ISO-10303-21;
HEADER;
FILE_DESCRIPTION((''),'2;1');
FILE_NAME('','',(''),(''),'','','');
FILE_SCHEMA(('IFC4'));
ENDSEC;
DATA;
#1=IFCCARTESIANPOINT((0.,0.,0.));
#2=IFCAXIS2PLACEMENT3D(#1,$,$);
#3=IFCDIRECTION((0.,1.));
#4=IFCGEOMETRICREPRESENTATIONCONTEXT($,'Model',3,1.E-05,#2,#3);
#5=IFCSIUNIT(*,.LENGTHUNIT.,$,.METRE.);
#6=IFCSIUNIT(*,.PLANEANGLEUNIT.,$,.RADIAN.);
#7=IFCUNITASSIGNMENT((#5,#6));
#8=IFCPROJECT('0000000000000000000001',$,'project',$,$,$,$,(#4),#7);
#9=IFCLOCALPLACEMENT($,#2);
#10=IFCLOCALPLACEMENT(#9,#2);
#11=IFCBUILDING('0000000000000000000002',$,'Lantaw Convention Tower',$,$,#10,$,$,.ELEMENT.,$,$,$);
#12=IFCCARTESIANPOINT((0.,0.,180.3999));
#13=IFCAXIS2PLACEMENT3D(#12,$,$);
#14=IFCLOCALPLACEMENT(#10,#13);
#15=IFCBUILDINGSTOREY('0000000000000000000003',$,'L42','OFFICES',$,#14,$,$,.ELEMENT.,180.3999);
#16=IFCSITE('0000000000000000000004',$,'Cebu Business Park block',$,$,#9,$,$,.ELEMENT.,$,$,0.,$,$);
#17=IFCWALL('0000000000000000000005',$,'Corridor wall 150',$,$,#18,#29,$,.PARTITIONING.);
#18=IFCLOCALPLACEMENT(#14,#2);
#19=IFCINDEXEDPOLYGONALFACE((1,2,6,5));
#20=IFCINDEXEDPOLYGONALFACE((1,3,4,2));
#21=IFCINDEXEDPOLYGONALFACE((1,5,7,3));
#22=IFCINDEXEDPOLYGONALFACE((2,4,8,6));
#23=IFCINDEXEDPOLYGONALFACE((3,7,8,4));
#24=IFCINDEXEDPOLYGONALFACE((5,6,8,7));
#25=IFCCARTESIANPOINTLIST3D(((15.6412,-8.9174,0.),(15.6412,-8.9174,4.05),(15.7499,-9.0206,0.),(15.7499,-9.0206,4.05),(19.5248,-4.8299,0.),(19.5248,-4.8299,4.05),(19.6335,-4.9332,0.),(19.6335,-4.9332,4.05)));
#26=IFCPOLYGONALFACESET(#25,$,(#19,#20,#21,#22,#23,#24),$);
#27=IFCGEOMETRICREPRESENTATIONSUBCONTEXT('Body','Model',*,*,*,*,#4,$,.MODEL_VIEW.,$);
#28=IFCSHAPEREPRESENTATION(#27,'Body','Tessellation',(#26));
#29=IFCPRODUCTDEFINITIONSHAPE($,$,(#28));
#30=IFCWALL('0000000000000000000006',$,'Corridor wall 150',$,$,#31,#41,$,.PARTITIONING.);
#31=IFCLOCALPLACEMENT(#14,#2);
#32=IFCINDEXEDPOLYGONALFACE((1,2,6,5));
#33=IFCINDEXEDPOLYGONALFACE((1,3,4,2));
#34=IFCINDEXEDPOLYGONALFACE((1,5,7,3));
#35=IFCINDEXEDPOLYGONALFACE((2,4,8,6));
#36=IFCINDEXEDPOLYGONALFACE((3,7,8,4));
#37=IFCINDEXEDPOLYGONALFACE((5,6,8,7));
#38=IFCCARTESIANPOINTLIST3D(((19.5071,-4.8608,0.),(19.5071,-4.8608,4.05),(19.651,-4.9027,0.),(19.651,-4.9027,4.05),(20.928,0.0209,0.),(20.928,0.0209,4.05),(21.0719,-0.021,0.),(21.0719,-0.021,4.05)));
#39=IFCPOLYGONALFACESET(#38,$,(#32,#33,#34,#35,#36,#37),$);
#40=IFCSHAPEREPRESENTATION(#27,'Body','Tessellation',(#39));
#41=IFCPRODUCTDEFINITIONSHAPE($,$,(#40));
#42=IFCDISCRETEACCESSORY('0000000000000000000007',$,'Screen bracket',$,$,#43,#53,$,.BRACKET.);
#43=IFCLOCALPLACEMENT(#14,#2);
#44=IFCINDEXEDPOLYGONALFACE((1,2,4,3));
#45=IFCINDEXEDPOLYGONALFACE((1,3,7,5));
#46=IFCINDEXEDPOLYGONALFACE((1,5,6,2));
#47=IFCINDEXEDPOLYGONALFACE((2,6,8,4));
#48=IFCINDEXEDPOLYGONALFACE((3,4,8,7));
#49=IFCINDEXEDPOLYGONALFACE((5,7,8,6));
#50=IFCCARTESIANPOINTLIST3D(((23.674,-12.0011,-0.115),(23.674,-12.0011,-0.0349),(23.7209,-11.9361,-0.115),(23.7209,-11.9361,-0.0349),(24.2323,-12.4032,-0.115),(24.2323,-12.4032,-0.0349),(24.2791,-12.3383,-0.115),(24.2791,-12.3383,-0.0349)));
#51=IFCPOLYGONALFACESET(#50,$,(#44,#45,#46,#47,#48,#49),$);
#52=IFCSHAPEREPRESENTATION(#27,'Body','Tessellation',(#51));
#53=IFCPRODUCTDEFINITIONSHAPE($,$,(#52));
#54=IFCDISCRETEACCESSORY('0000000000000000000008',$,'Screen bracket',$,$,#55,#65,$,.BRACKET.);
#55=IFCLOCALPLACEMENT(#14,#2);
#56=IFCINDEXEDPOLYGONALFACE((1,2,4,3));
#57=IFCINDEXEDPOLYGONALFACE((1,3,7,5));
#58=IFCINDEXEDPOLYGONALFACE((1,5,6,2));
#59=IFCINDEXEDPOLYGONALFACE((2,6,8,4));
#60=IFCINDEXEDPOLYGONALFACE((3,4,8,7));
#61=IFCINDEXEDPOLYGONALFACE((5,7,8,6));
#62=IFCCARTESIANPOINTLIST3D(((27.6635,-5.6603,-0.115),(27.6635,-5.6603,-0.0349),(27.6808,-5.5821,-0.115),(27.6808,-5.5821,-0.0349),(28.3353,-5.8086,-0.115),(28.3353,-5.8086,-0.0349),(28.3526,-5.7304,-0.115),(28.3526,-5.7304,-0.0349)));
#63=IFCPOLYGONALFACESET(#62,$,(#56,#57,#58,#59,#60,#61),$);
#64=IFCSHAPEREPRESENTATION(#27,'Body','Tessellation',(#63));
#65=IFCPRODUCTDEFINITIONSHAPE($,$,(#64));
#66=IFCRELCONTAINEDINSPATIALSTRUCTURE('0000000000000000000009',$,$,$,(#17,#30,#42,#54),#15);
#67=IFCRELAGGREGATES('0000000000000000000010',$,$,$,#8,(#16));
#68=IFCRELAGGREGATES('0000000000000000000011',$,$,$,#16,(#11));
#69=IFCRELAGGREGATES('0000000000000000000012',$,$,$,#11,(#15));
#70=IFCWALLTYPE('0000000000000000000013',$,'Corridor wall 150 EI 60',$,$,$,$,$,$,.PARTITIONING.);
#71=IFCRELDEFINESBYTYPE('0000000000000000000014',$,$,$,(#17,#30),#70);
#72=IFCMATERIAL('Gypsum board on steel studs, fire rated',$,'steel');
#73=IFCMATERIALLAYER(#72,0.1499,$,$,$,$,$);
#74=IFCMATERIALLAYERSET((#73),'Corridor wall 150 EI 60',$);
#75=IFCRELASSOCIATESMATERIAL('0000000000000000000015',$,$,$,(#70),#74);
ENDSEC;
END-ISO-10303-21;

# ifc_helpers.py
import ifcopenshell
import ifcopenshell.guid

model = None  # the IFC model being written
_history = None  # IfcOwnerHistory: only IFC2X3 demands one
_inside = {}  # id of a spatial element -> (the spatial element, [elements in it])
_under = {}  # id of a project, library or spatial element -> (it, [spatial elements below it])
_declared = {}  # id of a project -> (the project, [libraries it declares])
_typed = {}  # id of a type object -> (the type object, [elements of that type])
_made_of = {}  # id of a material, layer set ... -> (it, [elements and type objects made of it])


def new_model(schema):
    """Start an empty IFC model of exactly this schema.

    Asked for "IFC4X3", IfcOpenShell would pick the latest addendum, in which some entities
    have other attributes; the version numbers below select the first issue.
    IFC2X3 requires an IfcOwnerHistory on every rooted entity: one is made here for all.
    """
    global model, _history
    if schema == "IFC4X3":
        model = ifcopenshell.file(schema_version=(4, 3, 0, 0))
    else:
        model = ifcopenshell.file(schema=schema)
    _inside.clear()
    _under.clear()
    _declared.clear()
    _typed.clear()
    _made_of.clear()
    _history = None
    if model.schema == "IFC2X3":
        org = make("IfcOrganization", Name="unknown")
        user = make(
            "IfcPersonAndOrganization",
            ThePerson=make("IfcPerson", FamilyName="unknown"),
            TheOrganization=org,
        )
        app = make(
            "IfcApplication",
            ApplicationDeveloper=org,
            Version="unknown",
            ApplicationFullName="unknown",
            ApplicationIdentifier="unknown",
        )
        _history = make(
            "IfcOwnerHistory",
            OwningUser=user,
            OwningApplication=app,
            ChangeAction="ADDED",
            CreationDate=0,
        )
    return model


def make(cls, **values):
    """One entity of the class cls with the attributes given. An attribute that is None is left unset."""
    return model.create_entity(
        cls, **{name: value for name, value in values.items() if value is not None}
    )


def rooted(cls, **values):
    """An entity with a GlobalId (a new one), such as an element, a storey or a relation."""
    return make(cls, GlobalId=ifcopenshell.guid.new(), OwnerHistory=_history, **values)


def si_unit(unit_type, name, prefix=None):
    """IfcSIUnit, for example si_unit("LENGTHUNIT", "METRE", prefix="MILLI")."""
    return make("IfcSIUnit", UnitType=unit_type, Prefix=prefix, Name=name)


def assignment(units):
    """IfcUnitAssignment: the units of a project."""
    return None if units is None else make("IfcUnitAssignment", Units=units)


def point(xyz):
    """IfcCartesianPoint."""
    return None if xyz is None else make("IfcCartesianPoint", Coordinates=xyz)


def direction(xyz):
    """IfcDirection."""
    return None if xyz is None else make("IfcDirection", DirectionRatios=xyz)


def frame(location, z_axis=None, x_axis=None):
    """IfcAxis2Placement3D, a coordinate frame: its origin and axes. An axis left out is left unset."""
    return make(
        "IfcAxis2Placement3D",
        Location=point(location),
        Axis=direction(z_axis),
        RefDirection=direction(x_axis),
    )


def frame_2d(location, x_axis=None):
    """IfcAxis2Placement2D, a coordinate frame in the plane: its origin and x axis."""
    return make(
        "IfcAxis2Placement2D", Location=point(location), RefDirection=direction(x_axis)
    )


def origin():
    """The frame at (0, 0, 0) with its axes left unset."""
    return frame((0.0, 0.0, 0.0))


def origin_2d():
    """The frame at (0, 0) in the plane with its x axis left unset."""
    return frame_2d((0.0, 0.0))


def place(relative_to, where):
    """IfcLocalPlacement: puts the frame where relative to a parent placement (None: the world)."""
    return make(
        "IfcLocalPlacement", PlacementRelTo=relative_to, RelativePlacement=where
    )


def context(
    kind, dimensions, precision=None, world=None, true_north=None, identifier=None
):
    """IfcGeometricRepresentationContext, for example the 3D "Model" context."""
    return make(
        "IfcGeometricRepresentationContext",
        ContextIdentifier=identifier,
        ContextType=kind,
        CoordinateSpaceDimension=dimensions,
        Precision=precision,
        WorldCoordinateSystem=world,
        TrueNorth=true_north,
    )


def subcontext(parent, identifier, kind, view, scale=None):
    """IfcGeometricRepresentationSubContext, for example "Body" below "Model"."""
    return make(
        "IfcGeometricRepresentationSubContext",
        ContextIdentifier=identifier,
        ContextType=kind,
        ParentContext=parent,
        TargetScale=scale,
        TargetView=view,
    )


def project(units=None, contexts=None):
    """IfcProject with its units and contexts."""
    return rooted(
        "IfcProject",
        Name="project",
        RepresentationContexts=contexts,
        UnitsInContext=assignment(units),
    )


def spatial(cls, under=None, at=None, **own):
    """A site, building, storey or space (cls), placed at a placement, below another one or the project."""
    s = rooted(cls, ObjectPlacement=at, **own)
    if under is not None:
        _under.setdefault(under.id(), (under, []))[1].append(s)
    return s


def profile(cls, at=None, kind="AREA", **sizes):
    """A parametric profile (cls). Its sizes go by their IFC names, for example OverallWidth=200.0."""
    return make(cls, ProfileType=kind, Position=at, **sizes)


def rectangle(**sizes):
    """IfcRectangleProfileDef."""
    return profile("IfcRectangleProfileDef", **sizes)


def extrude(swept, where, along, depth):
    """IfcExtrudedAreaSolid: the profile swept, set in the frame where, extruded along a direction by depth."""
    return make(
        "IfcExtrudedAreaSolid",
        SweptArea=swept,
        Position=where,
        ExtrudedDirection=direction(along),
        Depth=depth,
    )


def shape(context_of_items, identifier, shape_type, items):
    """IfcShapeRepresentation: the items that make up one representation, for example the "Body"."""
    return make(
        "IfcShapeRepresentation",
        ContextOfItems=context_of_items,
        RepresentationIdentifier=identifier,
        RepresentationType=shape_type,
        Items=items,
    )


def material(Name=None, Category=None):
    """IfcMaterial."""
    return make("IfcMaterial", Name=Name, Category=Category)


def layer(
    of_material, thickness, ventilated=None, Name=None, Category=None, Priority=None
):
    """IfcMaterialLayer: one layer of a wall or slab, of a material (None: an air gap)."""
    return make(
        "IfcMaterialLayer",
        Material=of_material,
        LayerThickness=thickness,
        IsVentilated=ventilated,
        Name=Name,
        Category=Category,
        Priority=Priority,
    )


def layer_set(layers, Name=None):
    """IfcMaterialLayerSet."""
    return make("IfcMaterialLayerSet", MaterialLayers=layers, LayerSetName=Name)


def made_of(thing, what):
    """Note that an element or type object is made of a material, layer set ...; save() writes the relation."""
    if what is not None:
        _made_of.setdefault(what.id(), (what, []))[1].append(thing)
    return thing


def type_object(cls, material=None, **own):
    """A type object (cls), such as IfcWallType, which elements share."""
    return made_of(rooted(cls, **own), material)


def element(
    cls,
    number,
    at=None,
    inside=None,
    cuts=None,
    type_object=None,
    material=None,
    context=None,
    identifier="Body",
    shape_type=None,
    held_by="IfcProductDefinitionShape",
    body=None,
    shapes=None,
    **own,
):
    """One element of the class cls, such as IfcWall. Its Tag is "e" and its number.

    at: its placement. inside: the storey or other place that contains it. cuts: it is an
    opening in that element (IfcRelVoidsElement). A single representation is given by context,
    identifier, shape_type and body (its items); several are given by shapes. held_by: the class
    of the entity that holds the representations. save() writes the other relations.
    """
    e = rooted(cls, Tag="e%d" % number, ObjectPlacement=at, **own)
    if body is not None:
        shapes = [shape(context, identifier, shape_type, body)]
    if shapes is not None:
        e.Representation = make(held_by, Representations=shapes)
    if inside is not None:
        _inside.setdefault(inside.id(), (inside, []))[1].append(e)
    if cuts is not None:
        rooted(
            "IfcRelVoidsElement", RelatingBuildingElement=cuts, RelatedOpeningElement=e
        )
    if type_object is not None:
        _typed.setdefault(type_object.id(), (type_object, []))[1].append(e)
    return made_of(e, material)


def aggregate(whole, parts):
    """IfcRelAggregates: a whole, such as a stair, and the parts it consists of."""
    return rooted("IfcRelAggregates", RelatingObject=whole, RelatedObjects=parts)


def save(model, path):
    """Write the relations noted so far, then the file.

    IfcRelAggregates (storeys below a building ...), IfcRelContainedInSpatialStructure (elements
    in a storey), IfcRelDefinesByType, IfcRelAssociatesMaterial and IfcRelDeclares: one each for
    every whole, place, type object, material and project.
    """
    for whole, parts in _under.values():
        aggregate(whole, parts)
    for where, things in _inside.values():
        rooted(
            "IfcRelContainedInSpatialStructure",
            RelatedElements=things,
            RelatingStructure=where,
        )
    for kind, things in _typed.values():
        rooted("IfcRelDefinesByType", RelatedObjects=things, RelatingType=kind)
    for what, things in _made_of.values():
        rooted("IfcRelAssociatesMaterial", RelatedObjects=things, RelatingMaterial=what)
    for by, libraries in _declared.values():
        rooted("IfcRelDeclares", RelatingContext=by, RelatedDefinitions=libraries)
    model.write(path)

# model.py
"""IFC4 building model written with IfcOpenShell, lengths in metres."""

from ifc_helpers import new_model, si_unit, direction, frame, frame_2d, origin, origin_2d, place, context, subcontext, project, spatial, rectangle, extrude, material, layer, layer_set, type_object, element, save


model = new_model("IFC4")

# Units and contexts
model_context = context("Model", 3, precision=1e-05, world=origin(), true_north=direction((0.0, 1.0)))
body_context = subcontext(model_context, "Body", "Model", "MODEL_VIEW")
ifc_project = project(units=[si_unit("LENGTHUNIT", "METRE"), si_unit("PLANEANGLEUNIT", "RADIAN")], contexts=[model_context])

# Site, building, storey
site_placement = place(None, origin())
site = spatial("IfcSite", under=ifc_project, at=site_placement, Name="Cebu Business Park block", CompositionType="ELEMENT", RefElevation=0.0)
building_placement = place(site_placement, origin())
building = spatial("IfcBuilding", under=site, at=building_placement, Name="Lantaw Convention Tower", CompositionType="ELEMENT")
storey_placement = place(building_placement, frame((0.0, 0.0, 180.3999)))
storey = spatial("IfcBuildingStorey", under=building, at=storey_placement, Name="L42", Description="OFFICES", CompositionType="ELEMENT", Elevation=180.3999)

# Walls
ifc_material_1 = material(Name="Gypsum board on steel studs, fire rated", Category="steel")
ifc_layer_1 = layer(ifc_material_1, 0.1499)
ifc_layer_set_1 = layer_set([ifc_layer_1], Name="Corridor wall 150 EI 60")
wall_type = type_object("IfcWallType", Name="Corridor wall 150 EI 60", PredefinedType="PARTITIONING", material=ifc_layer_set_1)
wall_1_placement = place(storey_placement, frame((15.6956, -8.969, 0.0), z_axis=(0.0, 0.0, 1.0), x_axis=(0.688797, 0.724954, 0.0)))
element("IfcWall", 1, at=wall_1_placement, inside=storey, type_object=wall_type, Name="Corridor wall 150", PredefinedType="PARTITIONING", context=body_context, shape_type="SweptSolid", body=[
    extrude(rectangle(XDim=5.6382, YDim=0.1499, at=frame_2d((2.8191, 0.0))), origin(), (0.0, 0.0, 1.0), 4.05),
])
wall_2_placement = place(storey_placement, frame((19.5791, -4.8816, 0.0), z_axis=(0.0, 0.0, 1.0), x_axis=(0.279474, 0.960153, 0.0)))
element("IfcWall", 2, at=wall_2_placement, inside=storey, type_object=wall_type, Name="Corridor wall 150", PredefinedType="PARTITIONING", context=body_context, shape_type="SweptSolid", body=[
    extrude(rectangle(XDim=5.0842, YDim=0.1499, at=frame_2d((2.542, 0.0))), origin(), (0.0, 0.0, 1.0), 4.05),
])

# Discrete accessories
for number, where, z_axis, x_axis, name in (
    (3, (23.9766, -12.1697, -0.115), (0.0, 0.0, 1.0), (0.584513, 0.811385, 0.0), "Screen bracket"),
    (4, (28.0081, -5.6953, -0.115), (0.0, 0.0, 1.0), (0.215546, 0.976494, 0.0), "Screen bracket"),
):
    element("IfcDiscreteAccessory", number, at=place(storey_placement, frame(where, z_axis=z_axis, x_axis=x_axis)), inside=storey, Name=name, PredefinedType="BRACKET", context=body_context, shape_type="SweptSolid", body=[
        extrude(rectangle(XDim=0.0801, YDim=0.688, at=origin_2d()), origin(), (0.0, 0.0, 1.0), 0.0801),
    ])

save(model, "model.ifc")
